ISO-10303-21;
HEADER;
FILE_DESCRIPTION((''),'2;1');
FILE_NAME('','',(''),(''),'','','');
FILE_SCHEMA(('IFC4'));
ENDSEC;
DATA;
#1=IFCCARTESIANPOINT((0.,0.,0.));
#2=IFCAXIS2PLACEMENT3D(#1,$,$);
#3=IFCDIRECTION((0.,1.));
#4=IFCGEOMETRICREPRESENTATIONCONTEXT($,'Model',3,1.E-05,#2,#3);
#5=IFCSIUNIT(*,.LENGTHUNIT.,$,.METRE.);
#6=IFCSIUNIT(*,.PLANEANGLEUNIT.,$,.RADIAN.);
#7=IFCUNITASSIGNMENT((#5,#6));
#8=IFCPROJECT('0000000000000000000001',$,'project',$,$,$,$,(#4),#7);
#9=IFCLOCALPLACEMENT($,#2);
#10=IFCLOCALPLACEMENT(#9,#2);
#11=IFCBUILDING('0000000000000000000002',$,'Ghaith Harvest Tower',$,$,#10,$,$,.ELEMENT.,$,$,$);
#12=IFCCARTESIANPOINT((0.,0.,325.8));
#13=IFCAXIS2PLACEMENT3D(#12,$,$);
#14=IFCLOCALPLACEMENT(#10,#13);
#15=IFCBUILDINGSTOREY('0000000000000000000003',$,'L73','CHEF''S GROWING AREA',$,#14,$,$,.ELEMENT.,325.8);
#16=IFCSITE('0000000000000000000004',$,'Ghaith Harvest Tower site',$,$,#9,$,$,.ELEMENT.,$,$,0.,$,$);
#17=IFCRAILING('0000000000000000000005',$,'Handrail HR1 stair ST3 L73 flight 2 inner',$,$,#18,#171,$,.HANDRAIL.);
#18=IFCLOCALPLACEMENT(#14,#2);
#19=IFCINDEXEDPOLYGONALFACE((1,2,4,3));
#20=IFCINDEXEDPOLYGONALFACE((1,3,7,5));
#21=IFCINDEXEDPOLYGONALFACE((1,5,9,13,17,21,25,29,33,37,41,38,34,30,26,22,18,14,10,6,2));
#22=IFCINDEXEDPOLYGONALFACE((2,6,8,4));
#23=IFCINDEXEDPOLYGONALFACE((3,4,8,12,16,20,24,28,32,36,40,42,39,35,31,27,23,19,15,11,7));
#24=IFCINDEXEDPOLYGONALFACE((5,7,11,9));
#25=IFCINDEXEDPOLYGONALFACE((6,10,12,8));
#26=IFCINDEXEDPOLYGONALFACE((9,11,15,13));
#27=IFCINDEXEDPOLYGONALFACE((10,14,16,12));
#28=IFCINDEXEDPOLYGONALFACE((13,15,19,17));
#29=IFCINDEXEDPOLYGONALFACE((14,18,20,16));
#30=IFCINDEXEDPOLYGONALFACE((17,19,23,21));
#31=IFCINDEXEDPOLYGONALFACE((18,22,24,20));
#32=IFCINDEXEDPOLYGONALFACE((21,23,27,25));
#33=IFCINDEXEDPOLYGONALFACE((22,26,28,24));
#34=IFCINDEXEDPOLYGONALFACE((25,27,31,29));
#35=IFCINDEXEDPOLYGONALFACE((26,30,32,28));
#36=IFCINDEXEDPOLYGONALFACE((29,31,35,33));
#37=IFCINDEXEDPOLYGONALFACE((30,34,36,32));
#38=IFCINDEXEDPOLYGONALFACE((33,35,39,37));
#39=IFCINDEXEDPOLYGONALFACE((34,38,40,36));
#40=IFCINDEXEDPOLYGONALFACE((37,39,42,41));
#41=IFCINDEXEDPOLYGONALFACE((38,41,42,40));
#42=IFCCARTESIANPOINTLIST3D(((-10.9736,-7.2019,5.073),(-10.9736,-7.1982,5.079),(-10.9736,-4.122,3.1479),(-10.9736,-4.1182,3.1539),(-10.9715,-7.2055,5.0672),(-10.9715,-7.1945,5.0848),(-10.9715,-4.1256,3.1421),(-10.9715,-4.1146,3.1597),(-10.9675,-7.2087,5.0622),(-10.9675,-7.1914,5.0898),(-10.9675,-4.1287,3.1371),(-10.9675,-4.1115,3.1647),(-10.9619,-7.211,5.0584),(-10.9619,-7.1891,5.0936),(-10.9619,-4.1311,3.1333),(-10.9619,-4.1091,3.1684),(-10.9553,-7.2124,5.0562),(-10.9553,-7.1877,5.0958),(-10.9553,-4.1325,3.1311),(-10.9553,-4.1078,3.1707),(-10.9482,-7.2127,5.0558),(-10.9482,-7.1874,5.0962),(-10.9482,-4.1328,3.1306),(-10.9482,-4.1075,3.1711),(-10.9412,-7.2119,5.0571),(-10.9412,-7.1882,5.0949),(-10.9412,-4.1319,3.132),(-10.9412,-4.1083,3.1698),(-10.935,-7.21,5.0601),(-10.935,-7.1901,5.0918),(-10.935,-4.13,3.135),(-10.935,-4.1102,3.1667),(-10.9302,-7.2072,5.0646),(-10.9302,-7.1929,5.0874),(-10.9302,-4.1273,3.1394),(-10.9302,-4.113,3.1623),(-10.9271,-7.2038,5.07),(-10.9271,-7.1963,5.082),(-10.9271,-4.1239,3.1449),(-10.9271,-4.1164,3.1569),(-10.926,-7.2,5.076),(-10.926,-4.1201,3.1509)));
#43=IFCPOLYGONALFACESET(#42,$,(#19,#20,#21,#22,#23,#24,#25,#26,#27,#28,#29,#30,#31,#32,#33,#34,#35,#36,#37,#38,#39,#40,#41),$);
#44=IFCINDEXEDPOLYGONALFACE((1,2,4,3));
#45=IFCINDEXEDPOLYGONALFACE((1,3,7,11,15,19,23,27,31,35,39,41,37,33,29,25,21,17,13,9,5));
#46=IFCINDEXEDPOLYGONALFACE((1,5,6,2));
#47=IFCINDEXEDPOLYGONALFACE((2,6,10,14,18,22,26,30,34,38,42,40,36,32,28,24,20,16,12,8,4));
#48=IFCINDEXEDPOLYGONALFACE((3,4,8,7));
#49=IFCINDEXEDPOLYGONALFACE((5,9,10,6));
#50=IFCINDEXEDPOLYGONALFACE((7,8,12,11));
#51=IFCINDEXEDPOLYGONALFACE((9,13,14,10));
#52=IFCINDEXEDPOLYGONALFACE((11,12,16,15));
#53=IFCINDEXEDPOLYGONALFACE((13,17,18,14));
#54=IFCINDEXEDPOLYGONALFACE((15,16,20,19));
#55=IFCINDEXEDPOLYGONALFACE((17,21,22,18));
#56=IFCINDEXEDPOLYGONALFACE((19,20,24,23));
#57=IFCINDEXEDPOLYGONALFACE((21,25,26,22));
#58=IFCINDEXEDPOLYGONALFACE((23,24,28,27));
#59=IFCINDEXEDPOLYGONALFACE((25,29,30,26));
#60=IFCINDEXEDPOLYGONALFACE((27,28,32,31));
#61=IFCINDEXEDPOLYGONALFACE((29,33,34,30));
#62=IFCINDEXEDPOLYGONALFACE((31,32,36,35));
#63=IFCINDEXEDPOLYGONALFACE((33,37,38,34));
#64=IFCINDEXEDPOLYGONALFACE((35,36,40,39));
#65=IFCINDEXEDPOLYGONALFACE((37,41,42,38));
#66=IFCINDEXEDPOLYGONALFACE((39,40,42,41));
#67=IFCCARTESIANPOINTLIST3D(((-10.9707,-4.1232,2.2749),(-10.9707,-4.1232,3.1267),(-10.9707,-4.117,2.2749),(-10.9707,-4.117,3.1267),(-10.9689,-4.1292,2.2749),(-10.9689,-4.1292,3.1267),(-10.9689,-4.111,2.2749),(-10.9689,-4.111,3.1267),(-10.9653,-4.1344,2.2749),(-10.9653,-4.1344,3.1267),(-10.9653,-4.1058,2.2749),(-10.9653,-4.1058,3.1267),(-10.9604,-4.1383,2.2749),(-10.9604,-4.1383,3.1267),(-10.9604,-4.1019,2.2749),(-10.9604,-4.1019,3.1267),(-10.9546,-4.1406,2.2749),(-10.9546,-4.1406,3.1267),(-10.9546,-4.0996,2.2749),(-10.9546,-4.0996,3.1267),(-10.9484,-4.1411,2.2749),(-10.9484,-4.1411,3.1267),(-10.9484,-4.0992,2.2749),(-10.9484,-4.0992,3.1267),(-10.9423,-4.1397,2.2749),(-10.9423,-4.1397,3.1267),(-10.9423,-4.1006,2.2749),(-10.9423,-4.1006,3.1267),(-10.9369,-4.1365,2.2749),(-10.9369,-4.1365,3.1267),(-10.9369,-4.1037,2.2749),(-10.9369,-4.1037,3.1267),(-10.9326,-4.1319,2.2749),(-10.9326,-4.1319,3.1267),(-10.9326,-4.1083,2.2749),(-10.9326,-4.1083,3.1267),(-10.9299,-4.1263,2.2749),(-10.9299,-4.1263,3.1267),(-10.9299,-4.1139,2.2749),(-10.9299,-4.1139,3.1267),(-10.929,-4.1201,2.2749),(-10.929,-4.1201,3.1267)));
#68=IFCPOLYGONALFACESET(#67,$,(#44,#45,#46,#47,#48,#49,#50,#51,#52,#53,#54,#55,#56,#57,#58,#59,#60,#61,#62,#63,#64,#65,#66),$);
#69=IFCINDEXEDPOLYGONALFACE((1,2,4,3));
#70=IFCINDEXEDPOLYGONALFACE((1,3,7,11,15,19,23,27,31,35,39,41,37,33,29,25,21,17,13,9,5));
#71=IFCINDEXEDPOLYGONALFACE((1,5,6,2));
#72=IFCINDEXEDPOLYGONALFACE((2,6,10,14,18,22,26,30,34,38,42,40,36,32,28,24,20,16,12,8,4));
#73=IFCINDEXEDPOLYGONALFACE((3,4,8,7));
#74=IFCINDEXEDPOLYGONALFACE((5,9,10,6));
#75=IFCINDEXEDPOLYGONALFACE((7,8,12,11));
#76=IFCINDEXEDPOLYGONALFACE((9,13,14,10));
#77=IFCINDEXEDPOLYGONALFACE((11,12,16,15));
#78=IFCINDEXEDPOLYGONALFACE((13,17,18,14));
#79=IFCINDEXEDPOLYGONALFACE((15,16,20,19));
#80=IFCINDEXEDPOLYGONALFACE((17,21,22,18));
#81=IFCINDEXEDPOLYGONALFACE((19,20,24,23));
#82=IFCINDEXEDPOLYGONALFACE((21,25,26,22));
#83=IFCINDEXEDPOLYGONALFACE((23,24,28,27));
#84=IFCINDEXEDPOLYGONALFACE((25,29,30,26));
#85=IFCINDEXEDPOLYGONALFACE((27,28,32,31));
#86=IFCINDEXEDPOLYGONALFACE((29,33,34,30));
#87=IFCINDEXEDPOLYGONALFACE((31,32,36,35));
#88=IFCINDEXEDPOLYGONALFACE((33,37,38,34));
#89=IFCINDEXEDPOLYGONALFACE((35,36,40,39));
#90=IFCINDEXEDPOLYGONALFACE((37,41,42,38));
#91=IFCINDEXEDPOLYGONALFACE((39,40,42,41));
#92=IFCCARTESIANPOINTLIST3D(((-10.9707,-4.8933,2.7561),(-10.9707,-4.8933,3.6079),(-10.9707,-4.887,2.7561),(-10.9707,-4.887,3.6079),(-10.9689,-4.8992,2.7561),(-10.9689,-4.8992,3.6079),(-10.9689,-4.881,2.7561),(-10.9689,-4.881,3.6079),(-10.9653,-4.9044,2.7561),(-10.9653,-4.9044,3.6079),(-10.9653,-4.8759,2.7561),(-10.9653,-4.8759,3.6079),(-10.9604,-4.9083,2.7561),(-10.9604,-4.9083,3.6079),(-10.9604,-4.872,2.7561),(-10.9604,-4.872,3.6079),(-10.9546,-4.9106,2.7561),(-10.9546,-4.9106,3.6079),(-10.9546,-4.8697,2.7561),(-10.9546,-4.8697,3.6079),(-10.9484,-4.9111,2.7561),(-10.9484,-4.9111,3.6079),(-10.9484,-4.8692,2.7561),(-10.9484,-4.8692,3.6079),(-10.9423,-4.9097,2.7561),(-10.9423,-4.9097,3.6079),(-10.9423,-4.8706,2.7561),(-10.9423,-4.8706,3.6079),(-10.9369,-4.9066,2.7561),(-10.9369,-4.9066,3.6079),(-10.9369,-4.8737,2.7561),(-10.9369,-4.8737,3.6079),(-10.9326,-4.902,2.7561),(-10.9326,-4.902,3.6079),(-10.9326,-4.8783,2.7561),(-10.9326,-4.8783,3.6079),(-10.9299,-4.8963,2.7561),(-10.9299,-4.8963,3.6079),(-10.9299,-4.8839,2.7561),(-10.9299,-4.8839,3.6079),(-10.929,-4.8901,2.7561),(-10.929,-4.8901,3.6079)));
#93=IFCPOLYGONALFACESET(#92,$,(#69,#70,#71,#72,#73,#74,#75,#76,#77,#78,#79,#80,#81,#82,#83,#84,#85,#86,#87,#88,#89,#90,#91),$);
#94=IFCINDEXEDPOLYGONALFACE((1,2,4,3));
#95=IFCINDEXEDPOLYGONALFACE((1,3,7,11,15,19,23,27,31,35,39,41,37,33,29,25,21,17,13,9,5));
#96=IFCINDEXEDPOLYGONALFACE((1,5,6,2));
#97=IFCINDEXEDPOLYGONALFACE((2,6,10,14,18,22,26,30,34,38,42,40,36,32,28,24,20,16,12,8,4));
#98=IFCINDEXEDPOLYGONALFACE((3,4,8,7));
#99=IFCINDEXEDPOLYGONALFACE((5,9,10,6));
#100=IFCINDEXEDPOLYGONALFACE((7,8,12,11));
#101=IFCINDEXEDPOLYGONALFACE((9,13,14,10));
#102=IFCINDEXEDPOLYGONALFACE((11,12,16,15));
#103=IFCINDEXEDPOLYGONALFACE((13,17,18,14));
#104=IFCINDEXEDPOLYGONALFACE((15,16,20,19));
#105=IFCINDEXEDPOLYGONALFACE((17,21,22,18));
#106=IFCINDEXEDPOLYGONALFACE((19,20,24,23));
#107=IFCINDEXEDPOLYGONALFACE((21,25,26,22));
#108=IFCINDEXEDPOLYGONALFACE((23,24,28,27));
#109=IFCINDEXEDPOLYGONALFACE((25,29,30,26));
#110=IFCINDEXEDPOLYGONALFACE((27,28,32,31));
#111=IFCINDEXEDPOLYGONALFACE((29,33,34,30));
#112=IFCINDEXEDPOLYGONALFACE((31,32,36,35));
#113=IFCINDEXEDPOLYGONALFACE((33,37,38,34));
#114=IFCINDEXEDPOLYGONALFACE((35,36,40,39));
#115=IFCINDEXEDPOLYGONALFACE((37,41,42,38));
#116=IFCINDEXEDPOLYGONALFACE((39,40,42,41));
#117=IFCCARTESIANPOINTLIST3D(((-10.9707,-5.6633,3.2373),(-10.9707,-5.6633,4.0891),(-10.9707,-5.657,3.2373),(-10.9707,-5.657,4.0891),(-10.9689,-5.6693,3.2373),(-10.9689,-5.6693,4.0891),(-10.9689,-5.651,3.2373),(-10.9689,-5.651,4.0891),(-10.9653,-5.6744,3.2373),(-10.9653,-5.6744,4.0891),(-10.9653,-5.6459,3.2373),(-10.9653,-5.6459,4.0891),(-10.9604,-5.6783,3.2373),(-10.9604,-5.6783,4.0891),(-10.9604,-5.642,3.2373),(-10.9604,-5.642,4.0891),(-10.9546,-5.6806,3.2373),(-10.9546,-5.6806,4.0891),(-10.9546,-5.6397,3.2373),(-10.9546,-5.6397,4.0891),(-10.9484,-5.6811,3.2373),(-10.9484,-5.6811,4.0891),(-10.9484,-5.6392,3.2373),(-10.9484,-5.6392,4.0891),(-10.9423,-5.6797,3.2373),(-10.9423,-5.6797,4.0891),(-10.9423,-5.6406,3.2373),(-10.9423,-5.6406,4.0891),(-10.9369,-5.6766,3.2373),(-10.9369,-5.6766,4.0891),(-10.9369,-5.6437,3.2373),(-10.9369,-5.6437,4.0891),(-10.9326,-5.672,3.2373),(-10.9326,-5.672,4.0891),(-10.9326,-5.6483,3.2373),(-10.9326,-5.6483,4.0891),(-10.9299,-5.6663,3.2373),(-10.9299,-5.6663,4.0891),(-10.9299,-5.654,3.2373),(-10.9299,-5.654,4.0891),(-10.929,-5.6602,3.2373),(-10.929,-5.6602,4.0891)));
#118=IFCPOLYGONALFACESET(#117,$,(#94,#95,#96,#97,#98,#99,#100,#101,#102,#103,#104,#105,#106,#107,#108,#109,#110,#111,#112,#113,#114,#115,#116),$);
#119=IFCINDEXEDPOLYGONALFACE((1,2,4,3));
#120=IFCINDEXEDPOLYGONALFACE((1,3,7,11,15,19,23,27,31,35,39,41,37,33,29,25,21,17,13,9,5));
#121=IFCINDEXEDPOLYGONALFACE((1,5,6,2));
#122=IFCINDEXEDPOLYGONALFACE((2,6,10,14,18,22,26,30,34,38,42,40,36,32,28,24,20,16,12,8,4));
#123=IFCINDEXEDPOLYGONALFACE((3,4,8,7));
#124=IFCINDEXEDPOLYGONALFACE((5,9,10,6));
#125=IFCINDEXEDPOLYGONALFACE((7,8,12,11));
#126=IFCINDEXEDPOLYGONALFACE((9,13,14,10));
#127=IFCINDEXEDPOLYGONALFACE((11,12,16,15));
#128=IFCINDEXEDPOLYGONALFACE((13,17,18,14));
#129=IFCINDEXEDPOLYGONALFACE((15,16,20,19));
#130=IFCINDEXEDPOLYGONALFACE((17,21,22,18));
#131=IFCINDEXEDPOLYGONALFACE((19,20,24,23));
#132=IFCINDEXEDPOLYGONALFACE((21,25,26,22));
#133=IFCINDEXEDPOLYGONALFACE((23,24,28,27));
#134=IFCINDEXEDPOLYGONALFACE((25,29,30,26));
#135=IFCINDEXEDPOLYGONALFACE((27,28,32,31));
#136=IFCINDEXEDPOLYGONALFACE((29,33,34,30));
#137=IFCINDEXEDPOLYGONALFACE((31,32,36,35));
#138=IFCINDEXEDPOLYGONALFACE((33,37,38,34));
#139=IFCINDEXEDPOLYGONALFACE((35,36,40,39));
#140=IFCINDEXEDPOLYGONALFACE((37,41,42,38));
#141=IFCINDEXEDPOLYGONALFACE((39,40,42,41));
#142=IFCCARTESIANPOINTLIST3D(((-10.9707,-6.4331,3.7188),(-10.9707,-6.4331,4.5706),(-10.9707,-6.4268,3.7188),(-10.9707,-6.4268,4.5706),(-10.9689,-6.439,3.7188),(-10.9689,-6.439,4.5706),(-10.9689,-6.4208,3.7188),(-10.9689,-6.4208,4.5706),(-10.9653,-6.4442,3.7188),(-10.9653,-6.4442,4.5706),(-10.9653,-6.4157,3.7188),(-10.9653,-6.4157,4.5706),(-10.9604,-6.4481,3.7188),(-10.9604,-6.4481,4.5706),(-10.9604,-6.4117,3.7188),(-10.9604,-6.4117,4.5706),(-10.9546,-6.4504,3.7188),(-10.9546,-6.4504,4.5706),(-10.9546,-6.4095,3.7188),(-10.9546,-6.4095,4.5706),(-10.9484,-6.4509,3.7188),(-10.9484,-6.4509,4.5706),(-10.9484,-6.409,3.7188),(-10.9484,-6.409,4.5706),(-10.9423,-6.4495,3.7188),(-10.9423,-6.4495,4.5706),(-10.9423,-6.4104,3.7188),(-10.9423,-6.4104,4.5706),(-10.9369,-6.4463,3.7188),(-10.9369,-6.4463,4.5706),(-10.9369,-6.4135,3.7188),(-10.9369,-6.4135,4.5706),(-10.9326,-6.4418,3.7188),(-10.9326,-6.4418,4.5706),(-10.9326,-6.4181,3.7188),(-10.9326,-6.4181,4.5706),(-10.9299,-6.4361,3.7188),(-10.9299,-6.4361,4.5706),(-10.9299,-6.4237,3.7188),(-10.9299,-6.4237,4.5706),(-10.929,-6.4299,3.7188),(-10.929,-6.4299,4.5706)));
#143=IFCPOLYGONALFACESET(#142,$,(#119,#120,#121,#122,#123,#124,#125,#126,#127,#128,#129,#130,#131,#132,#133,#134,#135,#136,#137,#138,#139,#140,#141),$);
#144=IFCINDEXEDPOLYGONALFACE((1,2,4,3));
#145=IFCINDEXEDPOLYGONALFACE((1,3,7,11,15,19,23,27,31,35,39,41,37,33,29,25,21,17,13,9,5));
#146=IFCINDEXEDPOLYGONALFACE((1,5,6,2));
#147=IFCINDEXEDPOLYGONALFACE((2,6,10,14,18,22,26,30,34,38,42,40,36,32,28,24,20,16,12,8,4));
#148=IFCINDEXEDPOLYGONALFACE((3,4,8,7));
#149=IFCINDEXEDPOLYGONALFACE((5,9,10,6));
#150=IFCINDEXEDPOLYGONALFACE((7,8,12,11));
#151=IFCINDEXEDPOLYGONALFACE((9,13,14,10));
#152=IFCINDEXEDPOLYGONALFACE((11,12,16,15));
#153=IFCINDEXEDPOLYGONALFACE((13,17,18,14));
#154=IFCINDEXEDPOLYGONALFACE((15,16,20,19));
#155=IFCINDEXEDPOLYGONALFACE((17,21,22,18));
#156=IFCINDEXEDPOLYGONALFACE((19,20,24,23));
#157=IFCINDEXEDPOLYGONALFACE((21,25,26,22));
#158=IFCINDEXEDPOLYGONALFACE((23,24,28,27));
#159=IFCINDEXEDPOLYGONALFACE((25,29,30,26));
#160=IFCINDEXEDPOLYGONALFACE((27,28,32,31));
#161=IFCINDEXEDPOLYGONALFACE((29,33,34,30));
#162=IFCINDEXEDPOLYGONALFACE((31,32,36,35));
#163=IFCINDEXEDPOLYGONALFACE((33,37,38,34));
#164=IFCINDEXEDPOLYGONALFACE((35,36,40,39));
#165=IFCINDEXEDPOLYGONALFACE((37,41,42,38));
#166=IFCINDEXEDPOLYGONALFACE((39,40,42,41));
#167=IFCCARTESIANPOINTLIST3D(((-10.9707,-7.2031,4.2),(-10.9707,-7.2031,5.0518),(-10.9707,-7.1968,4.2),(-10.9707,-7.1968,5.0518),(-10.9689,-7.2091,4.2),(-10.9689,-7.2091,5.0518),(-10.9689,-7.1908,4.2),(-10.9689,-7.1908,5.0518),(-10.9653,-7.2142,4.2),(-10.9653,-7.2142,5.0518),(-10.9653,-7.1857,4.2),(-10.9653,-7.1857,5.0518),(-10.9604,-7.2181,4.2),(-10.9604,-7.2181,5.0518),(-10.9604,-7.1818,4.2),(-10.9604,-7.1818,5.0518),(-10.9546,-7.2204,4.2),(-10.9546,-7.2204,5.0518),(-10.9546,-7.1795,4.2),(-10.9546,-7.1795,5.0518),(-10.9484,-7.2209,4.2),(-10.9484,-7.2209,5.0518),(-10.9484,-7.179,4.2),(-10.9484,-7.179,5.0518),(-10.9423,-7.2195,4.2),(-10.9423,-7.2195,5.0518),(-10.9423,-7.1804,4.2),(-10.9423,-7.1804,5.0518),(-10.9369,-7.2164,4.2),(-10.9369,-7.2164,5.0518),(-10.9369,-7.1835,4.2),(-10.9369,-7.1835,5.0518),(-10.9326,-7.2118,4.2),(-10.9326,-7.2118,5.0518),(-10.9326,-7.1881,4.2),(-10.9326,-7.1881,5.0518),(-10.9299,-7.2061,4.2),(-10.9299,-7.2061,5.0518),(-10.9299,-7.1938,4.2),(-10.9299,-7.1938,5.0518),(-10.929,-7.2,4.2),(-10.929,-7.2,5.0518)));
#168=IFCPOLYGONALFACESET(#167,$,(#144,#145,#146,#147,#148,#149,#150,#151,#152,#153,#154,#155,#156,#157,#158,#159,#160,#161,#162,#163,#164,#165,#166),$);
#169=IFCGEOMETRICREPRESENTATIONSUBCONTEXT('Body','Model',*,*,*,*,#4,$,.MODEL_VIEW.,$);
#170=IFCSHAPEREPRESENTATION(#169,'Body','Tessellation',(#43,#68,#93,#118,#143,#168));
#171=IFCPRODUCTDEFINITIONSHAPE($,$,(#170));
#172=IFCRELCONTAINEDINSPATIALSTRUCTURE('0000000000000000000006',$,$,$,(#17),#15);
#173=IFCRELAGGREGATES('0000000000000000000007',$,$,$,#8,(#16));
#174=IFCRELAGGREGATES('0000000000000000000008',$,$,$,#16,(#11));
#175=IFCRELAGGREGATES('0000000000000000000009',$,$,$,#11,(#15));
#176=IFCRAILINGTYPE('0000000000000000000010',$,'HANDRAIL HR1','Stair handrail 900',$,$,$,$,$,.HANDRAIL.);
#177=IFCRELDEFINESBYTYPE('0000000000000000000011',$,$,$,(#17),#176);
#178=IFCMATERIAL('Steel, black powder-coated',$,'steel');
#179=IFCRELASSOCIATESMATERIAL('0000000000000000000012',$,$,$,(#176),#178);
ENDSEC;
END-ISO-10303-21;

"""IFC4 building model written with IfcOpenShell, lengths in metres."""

from ifc_helpers import new_model, si_unit, direction, frame, origin, origin_2d, place, context, subcontext, project, spatial, circle, extrude, material, type_object, element, save


model = new_model("IFC4")

# Units and contexts
model_context = context("Model", 3, precision=1e-05, world=origin(), true_north=direction((0.0, 1.0)))
body_context = subcontext(model_context, "Body", "Model", "MODEL_VIEW")
ifc_project = project(units=[si_unit("LENGTHUNIT", "METRE"), si_unit("PLANEANGLEUNIT", "RADIAN")], contexts=[model_context])

# Site, building, storey
site_placement = place(None, origin())
site = spatial("IfcSite", under=ifc_project, at=site_placement, Name="Ghaith Harvest Tower site", CompositionType="ELEMENT", RefElevation=0.0)
building_placement = place(site_placement, origin())
building = spatial("IfcBuilding", under=site, at=building_placement, Name="Ghaith Harvest Tower", CompositionType="ELEMENT")
storey_placement = place(building_placement, frame((0.0, 0.0, 325.8)))
storey = spatial("IfcBuildingStorey", under=building, at=storey_placement, Name="L73", Description="CHEF'S GROWING AREA", CompositionType="ELEMENT", Elevation=325.8)

# Railing
ifc_material_1 = material(Name="Steel, black powder-coated", Category="steel")
railing_type = type_object("IfcRailingType", Name="HANDRAIL HR1", Description="Stair handrail 900", PredefinedType="HANDRAIL", material=ifc_material_1)
railing_1_placement = place(storey_placement, frame((-10.95, -4.1201, 2.2749)))
element("IfcRailing", 1, at=railing_1_placement, inside=storey, type_object=railing_type, Name="Handrail HR1 stair ST3 L73 flight 2 inner", PredefinedType="HANDRAIL", context=body_context, shape_type="SweptSolid", body=[
    extrude(circle(Radius=0.0239, at=origin_2d()), frame((0.0, 0.0, 0.876), z_axis=(0.0, -0.847979, 0.530029), x_axis=(1.0, 0.0, 0.0)), (0.0, 0.0, 1.0), 3.6321),
    extrude(circle(Radius=0.021, at=origin_2d()), origin(), (0.0, 0.0, 1.0), 0.8518),
    extrude(circle(Radius=0.021, at=origin_2d()), frame((0.0, -0.77, 0.4812)), (0.0, 0.0, 1.0), 0.8518),
    extrude(circle(Radius=0.021, at=origin_2d()), frame((0.0, -1.54, 0.9624)), (0.0, 0.0, 1.0), 0.8518),
    extrude(circle(Radius=0.021, at=origin_2d()), frame((0.0, -2.3098, 1.4438)), (0.0, 0.0, 1.0), 0.8518),
    extrude(circle(Radius=0.021, at=origin_2d()), frame((0.0, -3.0798, 1.925)), (0.0, 0.0, 1.0), 0.8518),
])

save(model, "model.ifc")
